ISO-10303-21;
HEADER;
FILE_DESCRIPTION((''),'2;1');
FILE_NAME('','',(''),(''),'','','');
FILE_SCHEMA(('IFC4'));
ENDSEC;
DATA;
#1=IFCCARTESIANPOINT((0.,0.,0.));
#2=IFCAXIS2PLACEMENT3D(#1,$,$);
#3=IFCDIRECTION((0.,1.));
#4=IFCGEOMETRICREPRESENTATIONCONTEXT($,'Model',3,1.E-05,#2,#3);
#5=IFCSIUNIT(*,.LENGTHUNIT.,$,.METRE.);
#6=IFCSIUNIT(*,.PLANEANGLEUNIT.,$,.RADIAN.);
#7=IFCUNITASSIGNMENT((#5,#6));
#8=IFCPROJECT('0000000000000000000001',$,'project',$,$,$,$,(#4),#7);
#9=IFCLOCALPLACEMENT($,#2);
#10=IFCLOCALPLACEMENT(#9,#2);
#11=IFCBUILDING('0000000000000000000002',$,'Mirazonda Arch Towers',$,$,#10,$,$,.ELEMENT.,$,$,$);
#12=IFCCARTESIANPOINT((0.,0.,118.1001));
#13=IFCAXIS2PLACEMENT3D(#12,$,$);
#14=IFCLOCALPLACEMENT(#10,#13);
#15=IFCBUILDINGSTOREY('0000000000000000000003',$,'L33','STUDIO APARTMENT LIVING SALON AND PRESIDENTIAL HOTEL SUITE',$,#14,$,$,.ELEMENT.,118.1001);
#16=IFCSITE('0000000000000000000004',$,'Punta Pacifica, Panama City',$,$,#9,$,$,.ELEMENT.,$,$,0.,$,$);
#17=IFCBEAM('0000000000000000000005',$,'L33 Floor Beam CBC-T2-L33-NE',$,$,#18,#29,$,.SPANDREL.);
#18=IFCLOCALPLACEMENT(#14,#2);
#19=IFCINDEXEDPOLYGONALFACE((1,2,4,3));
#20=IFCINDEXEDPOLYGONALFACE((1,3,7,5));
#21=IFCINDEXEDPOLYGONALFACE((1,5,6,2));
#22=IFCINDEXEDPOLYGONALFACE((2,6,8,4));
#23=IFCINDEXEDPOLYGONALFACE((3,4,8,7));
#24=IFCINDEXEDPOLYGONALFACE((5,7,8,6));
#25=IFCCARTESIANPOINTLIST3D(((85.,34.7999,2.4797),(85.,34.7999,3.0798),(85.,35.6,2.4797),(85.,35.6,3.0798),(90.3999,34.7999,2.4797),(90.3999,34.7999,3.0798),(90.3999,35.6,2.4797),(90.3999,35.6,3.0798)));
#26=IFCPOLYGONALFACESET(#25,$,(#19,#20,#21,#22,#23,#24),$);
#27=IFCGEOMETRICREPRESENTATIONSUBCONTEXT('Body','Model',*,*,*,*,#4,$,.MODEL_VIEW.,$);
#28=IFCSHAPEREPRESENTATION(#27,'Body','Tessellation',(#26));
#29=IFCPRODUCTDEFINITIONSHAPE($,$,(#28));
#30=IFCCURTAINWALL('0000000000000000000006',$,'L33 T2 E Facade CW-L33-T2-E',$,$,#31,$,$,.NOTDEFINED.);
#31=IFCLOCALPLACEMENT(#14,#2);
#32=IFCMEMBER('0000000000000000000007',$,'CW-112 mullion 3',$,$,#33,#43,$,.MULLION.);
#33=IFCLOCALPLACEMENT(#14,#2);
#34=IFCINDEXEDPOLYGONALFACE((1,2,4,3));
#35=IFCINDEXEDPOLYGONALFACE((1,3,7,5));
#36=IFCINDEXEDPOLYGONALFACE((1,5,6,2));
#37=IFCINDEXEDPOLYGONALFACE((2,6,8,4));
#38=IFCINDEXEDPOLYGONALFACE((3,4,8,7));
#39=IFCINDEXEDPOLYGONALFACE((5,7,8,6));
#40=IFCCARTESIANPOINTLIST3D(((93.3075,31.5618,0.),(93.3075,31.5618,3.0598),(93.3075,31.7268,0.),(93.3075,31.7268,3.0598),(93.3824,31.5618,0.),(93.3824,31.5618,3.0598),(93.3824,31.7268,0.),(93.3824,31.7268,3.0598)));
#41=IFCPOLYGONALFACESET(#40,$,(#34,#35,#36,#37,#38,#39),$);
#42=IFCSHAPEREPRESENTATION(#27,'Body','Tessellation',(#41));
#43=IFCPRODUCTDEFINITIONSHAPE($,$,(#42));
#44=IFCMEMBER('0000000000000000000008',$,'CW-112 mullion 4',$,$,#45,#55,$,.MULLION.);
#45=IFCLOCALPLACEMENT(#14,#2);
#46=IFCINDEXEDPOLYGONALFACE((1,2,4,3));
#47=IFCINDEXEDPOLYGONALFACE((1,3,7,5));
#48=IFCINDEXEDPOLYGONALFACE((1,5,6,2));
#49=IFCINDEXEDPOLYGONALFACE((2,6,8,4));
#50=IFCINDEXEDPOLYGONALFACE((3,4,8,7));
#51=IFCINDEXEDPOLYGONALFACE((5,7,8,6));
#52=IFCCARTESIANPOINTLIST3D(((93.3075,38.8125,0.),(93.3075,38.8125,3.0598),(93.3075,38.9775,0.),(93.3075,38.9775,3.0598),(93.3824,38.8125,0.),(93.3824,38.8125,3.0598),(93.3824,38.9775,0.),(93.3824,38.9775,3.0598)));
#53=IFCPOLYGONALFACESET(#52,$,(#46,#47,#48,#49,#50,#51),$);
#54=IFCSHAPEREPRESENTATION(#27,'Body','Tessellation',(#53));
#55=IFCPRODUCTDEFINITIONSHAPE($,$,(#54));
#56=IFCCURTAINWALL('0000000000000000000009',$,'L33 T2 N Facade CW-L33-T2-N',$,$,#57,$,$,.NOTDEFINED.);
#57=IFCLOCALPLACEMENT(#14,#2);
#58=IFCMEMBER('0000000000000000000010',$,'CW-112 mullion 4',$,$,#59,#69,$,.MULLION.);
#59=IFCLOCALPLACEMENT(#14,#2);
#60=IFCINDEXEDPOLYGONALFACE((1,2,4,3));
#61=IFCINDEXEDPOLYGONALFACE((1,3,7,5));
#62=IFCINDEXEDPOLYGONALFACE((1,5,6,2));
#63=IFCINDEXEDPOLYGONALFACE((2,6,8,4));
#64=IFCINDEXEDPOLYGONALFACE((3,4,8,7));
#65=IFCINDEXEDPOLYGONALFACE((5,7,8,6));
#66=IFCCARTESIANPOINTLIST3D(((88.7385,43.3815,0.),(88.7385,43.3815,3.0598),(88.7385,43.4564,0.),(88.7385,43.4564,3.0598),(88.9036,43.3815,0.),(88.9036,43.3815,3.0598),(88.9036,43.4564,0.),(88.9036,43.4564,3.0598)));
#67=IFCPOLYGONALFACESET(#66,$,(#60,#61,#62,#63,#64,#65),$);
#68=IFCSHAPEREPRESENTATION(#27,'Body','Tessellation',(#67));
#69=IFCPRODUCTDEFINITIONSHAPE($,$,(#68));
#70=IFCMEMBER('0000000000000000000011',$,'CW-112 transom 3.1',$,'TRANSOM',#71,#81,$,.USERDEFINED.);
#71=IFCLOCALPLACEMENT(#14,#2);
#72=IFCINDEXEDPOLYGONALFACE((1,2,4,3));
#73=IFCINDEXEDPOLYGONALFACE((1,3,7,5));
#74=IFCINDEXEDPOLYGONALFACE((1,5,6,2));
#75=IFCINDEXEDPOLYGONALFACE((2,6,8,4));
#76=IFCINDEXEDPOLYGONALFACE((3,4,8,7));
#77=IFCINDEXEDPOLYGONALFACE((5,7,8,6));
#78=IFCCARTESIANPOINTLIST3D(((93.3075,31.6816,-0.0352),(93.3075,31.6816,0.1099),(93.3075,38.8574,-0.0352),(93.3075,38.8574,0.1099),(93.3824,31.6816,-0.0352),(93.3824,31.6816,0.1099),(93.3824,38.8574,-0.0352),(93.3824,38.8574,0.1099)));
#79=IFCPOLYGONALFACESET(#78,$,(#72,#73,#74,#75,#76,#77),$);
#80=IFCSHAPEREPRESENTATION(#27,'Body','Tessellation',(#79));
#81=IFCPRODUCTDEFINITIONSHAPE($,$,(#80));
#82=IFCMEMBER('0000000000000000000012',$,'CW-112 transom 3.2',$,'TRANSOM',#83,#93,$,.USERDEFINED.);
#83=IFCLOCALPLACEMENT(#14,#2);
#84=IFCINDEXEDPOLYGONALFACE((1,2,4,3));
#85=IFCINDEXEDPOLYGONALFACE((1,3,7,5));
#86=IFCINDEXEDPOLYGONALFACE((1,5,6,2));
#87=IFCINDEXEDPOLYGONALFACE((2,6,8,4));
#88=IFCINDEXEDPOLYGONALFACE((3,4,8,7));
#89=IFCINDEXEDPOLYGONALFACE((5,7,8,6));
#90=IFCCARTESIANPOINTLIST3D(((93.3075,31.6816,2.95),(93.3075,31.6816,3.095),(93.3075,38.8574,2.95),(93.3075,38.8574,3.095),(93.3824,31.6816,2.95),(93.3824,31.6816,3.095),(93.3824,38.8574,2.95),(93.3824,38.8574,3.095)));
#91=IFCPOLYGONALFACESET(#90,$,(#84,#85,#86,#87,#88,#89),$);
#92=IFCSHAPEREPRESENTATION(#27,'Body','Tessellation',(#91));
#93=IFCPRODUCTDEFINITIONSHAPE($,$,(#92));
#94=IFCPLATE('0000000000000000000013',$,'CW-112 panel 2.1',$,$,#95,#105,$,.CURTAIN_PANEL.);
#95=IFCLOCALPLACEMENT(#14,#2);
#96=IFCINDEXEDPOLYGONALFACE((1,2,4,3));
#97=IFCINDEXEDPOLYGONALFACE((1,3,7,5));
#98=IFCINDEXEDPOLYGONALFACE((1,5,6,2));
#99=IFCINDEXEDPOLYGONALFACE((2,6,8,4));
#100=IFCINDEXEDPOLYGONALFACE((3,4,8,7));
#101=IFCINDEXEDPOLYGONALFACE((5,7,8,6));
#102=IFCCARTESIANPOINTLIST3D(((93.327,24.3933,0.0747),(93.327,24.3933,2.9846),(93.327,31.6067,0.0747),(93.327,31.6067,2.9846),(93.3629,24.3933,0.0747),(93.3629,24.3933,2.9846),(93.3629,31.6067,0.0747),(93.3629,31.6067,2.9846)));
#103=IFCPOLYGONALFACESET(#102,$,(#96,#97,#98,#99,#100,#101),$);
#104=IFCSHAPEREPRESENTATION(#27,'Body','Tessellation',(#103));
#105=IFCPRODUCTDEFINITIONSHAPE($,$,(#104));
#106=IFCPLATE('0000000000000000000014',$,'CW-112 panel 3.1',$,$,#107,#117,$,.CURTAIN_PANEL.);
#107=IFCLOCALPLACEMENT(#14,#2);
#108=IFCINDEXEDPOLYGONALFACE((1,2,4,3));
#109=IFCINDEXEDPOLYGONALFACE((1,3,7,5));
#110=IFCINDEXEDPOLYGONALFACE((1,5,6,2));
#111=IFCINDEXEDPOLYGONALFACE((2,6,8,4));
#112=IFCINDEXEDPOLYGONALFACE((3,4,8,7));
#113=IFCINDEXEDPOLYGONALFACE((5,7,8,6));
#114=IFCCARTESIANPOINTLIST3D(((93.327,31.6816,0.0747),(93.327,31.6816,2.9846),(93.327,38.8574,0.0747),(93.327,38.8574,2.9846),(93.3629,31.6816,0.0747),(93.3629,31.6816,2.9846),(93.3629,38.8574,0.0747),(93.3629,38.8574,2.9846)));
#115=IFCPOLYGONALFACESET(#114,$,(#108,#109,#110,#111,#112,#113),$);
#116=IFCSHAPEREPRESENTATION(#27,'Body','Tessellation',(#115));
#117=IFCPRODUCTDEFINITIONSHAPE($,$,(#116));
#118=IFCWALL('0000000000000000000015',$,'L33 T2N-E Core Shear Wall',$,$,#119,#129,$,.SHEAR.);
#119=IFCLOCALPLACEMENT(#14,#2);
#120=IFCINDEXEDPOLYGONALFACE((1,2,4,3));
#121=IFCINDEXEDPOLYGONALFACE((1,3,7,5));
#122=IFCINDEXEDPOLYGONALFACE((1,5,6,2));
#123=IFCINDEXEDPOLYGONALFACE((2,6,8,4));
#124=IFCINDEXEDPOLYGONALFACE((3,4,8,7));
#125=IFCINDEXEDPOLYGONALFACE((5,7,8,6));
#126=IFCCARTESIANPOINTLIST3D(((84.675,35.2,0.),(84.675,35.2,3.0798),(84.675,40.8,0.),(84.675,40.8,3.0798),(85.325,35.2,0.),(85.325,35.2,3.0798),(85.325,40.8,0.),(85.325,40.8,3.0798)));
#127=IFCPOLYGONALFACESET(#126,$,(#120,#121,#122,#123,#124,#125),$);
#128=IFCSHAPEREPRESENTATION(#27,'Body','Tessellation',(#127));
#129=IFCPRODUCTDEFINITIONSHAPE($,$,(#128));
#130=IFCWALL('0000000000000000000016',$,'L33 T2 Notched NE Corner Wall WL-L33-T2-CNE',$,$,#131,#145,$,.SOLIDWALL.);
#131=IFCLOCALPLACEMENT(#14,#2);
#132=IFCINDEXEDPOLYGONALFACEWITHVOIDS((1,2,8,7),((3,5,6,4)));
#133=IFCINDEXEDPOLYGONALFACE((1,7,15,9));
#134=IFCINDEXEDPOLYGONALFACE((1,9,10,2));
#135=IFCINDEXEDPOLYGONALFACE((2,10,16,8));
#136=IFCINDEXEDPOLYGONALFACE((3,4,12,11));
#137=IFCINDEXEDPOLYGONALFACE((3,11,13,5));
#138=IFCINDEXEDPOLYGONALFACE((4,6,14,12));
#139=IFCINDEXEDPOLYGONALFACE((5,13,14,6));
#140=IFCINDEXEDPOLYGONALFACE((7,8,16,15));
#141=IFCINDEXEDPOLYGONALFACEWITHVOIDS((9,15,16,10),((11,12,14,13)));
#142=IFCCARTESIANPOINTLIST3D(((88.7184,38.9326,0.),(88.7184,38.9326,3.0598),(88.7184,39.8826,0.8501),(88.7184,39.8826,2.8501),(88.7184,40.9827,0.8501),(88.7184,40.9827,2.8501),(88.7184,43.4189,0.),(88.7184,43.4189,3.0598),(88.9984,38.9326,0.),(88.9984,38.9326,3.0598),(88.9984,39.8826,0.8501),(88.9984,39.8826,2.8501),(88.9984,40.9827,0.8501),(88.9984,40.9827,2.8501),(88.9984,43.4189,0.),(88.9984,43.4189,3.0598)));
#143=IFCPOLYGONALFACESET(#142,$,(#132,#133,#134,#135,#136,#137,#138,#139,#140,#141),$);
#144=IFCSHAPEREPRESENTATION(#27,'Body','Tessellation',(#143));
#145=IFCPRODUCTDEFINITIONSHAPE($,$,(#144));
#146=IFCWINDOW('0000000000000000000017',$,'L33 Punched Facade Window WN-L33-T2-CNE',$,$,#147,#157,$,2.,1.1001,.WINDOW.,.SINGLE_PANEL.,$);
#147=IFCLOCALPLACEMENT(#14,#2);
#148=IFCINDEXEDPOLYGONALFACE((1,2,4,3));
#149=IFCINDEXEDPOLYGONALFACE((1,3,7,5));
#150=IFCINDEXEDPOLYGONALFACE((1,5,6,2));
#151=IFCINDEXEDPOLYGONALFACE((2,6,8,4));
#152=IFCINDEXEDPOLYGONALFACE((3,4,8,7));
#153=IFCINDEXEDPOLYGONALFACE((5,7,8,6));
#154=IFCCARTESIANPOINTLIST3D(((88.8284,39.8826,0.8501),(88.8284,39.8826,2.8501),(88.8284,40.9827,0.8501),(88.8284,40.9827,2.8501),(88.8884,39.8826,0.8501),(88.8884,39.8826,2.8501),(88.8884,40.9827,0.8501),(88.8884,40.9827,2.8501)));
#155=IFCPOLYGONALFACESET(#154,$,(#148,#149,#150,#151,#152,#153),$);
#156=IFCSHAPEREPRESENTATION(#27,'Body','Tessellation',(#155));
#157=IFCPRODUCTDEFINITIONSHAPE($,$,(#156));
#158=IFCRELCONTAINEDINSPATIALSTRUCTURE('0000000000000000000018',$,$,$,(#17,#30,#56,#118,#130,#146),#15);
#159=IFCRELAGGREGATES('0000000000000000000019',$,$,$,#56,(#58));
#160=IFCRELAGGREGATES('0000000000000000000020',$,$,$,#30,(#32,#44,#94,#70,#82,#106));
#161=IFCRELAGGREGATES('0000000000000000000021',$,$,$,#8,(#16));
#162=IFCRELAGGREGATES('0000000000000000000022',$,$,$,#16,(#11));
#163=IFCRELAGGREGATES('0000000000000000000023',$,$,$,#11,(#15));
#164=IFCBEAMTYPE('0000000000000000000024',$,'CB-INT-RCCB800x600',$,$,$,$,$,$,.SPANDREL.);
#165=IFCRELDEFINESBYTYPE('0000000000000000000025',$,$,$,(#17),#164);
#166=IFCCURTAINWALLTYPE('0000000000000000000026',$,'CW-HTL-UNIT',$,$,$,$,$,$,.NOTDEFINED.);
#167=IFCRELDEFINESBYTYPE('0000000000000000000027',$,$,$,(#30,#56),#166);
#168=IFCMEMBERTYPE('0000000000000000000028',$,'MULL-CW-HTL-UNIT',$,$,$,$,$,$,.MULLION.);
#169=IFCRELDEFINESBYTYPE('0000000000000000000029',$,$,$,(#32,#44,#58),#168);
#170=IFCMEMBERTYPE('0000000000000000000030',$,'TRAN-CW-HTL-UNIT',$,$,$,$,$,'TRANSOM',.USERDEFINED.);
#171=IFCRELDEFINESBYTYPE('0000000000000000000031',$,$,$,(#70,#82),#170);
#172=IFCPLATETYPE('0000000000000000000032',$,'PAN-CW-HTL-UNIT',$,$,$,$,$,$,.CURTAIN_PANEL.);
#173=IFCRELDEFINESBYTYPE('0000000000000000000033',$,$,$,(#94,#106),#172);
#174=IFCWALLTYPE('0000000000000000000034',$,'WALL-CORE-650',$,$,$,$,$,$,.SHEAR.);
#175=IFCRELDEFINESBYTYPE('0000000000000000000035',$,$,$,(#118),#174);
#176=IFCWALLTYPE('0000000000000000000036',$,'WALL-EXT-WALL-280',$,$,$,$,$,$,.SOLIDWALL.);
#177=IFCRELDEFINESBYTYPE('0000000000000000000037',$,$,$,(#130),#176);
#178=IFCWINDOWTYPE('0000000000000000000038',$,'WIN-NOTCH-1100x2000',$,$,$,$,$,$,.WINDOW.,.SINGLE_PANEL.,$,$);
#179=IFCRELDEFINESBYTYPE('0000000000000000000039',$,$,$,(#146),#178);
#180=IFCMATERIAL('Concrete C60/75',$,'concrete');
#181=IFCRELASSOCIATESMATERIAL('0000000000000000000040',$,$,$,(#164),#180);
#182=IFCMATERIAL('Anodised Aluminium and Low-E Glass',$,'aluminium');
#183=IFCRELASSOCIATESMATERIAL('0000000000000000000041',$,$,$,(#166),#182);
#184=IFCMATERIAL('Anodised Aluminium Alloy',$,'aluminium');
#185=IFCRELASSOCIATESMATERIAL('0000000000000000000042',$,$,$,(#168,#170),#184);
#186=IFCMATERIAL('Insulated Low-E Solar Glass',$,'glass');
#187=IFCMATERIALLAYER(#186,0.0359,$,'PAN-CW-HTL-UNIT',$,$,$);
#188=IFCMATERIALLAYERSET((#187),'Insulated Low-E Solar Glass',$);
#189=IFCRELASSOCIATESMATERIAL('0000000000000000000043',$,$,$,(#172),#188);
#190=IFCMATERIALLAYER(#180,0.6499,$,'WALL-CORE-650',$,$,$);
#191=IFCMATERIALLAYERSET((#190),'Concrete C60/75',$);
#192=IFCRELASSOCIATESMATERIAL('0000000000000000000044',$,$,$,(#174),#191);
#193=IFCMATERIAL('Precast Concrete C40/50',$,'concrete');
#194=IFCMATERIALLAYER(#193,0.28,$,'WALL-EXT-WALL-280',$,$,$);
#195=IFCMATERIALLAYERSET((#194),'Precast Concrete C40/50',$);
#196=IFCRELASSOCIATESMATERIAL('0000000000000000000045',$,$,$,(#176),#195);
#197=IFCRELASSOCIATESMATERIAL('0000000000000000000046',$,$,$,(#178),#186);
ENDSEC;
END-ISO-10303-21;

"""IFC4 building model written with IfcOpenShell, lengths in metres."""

from ifc_helpers import new_model, si_unit, direction, frame, frame_2d, origin, origin_2d, place, context, subcontext, project, spatial, rectangle, extrude, material, layer, layer_set, material_profile, profile_set, type_object, element, fill, aggregate, save


model = new_model("IFC4")

# Units and contexts
model_context = context("Model", 3, precision=1e-05, world=origin(), true_north=direction((0.0, 1.0)))
body_context = subcontext(model_context, "Body", "Model", "MODEL_VIEW")
ifc_project = project(units=[si_unit("LENGTHUNIT", "METRE"), si_unit("PLANEANGLEUNIT", "RADIAN")], contexts=[model_context])

# Site, building, storey
site_placement = place(None, origin())
site = spatial("IfcSite", under=ifc_project, at=site_placement, Name="Punta Pacifica, Panama City", CompositionType="ELEMENT", RefElevation=0.0)
building_placement = place(site_placement, origin())
building = spatial("IfcBuilding", under=site, at=building_placement, Name="Mirazonda Arch Towers", CompositionType="ELEMENT")
storey_placement = place(building_placement, frame((0.0, 0.0, 118.1001)))
storey = spatial("IfcBuildingStorey", under=building, at=storey_placement, Name="L33", Description="STUDIO APARTMENT LIVING SALON AND PRESIDENTIAL HOTEL SUITE", CompositionType="ELEMENT", Elevation=118.1001)

# Beam
ifc_material_1 = material(Name="Concrete C60/75", Category="concrete")
ifc_material_profile_1 = material_profile(ifc_material_1, rectangle(XDim=0.8, YDim=0.6001, at=origin_2d()), Name="RCCB800x600")
ifc_profile_set_1 = profile_set([ifc_material_profile_1], Name="Concrete C60/75")
beam_type_1 = type_object("IfcBeamType", Name="CB-INT-RCCB800x600", PredefinedType="SPANDREL", material=ifc_profile_set_1)
beam_1_placement = place(storey_placement, frame((85.0, 35.2, 2.7798), z_axis=(1.0, 0.0, 0.0), x_axis=(0.0, 1.0, 0.0)))
element("IfcBeam", 1, at=beam_1_placement, inside=storey, type_object=beam_type_1, Name="L33 Floor Beam CBC-T2-L33-NE", PredefinedType="SPANDREL", context=body_context, shape_type="SweptSolid", body=[
    extrude(rectangle(XDim=0.8, YDim=0.6001, at=origin_2d()), origin(), (0.0, 0.0, 1.0), 5.3999),
])

# Curtain wall, members
ifc_material_2 = material(Name="Anodised Aluminium and Low-E Glass", Category="aluminium")
curtain_wall_type = type_object("IfcCurtainWallType", Name="CW-HTL-UNIT", PredefinedType="NOTDEFINED", material=ifc_material_2)
curtain_wall_1_placement = place(storey_placement, origin())
curtain_wall_1 = element("IfcCurtainWall", 2, at=curtain_wall_1_placement, inside=storey, type_object=curtain_wall_type, Name="L33 T2 E Facade CW-L33-T2-E", PredefinedType="NOTDEFINED")
ifc_material_3 = material(Name="Anodised Aluminium Alloy", Category="aluminium")
ifc_material_profile_2 = material_profile(ifc_material_3, rectangle(XDim=0.075, YDim=0.165, at=origin_2d()), Name="ALU-MULL-75x165")
ifc_profile_set_2 = profile_set([ifc_material_profile_2], Name="Anodised Aluminium Alloy")
member_type_1 = type_object("IfcMemberType", Name="MULL-CW-HTL-UNIT", PredefinedType="MULLION", material=ifc_profile_set_2)
member_1_placement = place(storey_placement, frame((93.345, 31.6443, 0.0), z_axis=(0.0, 0.0, 1.0), x_axis=(-1.0, 0.0, 0.0)))
member_1 = element("IfcMember", 3, at=member_1_placement, type_object=member_type_1, Name="CW-112 mullion 3", PredefinedType="MULLION", context=body_context, shape_type="SweptSolid", body=[
    extrude(rectangle(XDim=0.075, YDim=0.165, at=origin_2d()), origin(), (0.0, 0.0, 1.0), 3.0598),
])
member_2_placement = place(storey_placement, frame((93.345, 38.895, 0.0), z_axis=(0.0, 0.0, 1.0), x_axis=(-1.0, 0.0, 0.0)))
member_2 = element("IfcMember", 4, at=member_2_placement, type_object=member_type_1, Name="CW-112 mullion 4", PredefinedType="MULLION", context=body_context, shape_type="SweptSolid", body=[
    extrude(rectangle(XDim=0.075, YDim=0.165, at=origin_2d()), origin(), (0.0, 0.0, 1.0), 3.0598),
])

# Curtain wall, member
curtain_wall_2_placement = place(storey_placement, origin())
curtain_wall_2 = element("IfcCurtainWall", 5, at=curtain_wall_2_placement, inside=storey, type_object=curtain_wall_type, Name="L33 T2 N Facade CW-L33-T2-N", PredefinedType="NOTDEFINED")
member_3_placement = place(storey_placement, frame((88.821, 43.4189, 0.0), z_axis=(0.0, 0.0, 1.0), x_axis=(0.0, 1.0, 0.0)))
member_3 = element("IfcMember", 6, at=member_3_placement, type_object=member_type_1, Name="CW-112 mullion 4", PredefinedType="MULLION", context=body_context, shape_type="SweptSolid", body=[
    extrude(rectangle(XDim=0.075, YDim=0.165, at=origin_2d()), origin(), (0.0, 0.0, 1.0), 3.0598),
])
aggregate(curtain_wall_2, [member_3])

# Members
ifc_material_profile_3 = material_profile(ifc_material_3, rectangle(XDim=0.075, YDim=0.145, at=origin_2d()), Name="ALU-TRAN-75x145")
ifc_profile_set_3 = profile_set([ifc_material_profile_3], Name="Anodised Aluminium Alloy")
member_type_2 = type_object("IfcMemberType", Name="TRAN-CW-HTL-UNIT", ElementType="TRANSOM", PredefinedType="USERDEFINED", material=ifc_profile_set_3)
member_4_placement = place(storey_placement, frame((93.345, 31.6816, 0.0374), z_axis=(0.0, 1.0, 0.0), x_axis=(-1.0, 0.0, 0.0)))
member_4 = element("IfcMember", 7, at=member_4_placement, type_object=member_type_2, Name="CW-112 transom 3.1", ObjectType="TRANSOM", PredefinedType="USERDEFINED", context=body_context, shape_type="SweptSolid", body=[
    extrude(rectangle(XDim=0.075, YDim=0.145, at=origin_2d()), origin(), (0.0, 0.0, 1.0), 7.1758),
])
member_5_placement = place(storey_placement, frame((93.345, 31.6816, 3.0225), z_axis=(0.0, 1.0, 0.0), x_axis=(-1.0, 0.0, 0.0)))
member_5 = element("IfcMember", 8, at=member_5_placement, type_object=member_type_2, Name="CW-112 transom 3.2", ObjectType="TRANSOM", PredefinedType="USERDEFINED", context=body_context, shape_type="SweptSolid", body=[
    extrude(rectangle(XDim=0.075, YDim=0.145, at=origin_2d()), origin(), (0.0, 0.0, 1.0), 7.1758),
])

# Plates
ifc_material_4 = material(Name="Insulated Low-E Solar Glass", Category="glass")
ifc_layer_1 = layer(ifc_material_4, 0.0359, Name="PAN-CW-HTL-UNIT")
ifc_layer_set_1 = layer_set([ifc_layer_1], Name="Insulated Low-E Solar Glass")
plate_type = type_object("IfcPlateType", Name="PAN-CW-HTL-UNIT", PredefinedType="CURTAIN_PANEL", material=ifc_layer_set_1)
plate_1_placement = place(storey_placement, frame((93.345, 28.0, 0.0747), z_axis=(0.0, 0.0, 1.0), x_axis=(0.0, 1.0, 0.0)))
plate_1 = element("IfcPlate", 9, at=plate_1_placement, type_object=plate_type, Name="CW-112 panel 2.1", PredefinedType="CURTAIN_PANEL", context=body_context, shape_type="SweptSolid", body=[
    extrude(rectangle(XDim=7.2134, YDim=0.0359, at=origin_2d()), origin(), (0.0, 0.0, 1.0), 2.9099),
])
plate_2_placement = place(storey_placement, frame((93.345, 35.2695, 0.0747), z_axis=(0.0, 0.0, 1.0), x_axis=(0.0, 1.0, 0.0)))
plate_2 = element("IfcPlate", 10, at=plate_2_placement, type_object=plate_type, Name="CW-112 panel 3.1", PredefinedType="CURTAIN_PANEL", context=body_context, shape_type="SweptSolid", body=[
    extrude(rectangle(XDim=7.1758, YDim=0.0359, at=origin_2d()), origin(), (0.0, 0.0, 1.0), 2.9099),
])
aggregate(curtain_wall_1, [member_1, member_2, plate_1, member_4, member_5, plate_2])

# Wall
ifc_layer_2 = layer(ifc_material_1, 0.6499, Name="WALL-CORE-650")
ifc_layer_set_2 = layer_set([ifc_layer_2], Name="Concrete C60/75")
wall_type_1 = type_object("IfcWallType", Name="WALL-CORE-650", PredefinedType="SHEAR", material=ifc_layer_set_2)
wall_1_placement = place(storey_placement, frame((85.0, 35.2, 0.0), z_axis=(0.0, 0.0, 1.0), x_axis=(0.0, 1.0, 0.0)))
element("IfcWall", 11, at=wall_1_placement, inside=storey, type_object=wall_type_1, Name="L33 T2N-E Core Shear Wall", PredefinedType="SHEAR", context=body_context, shape_type="SweptSolid", body=[
    extrude(rectangle(XDim=5.6001, YDim=0.6499, at=frame_2d((2.8, 0.0))), origin(), (0.0, 0.0, 1.0), 3.0798),
])

# Wall, opening, window
ifc_material_5 = material(Name="Precast Concrete C40/50", Category="concrete")
ifc_layer_3 = layer(ifc_material_5, 0.28, Name="WALL-EXT-WALL-280")
ifc_layer_set_3 = layer_set([ifc_layer_3], Name="Precast Concrete C40/50")
wall_type_2 = type_object("IfcWallType", Name="WALL-EXT-WALL-280", PredefinedType="SOLIDWALL", material=ifc_layer_set_3)
wall_2_placement = place(storey_placement, frame((88.8584, 38.9326, 0.0), z_axis=(0.0, 0.0, 1.0), x_axis=(0.0, 1.0, 0.0)))
wall_2 = element("IfcWall", 12, at=wall_2_placement, inside=storey, type_object=wall_type_2, Name="L33 T2 Notched NE Corner Wall WL-L33-T2-CNE", PredefinedType="SOLIDWALL", context=body_context, shape_type="SweptSolid", body=[
    extrude(rectangle(XDim=4.4863, YDim=0.28, at=frame_2d((2.2432, 0.0))), origin(), (0.0, 0.0, 1.0), 3.0598),
])
opening_1_placement = place(wall_2_placement, frame((0.95, 0.0, 0.8501)))
opening_1 = element("IfcOpeningElement", 13, at=opening_1_placement, cuts=wall_2, PredefinedType="OPENING", context=body_context, shape_type="SweptSolid", body=[
    extrude(rectangle(XDim=1.1001, YDim=2.0, at=frame_2d((0.55, 1.0))), frame((0.0, 0.1499, 0.0), z_axis=(0.0, -1.0, 0.0), x_axis=(1.0, 0.0, 0.0)), (0.0, 0.0, 1.0), 0.3),
])
window_type = type_object("IfcWindowType", Name="WIN-NOTCH-1100x2000", PartitioningType="SINGLE_PANEL", PredefinedType="WINDOW", material=ifc_material_4)
window_1_placement = place(opening_1_placement, origin())
window_1 = element("IfcWindow", 14, at=window_1_placement, inside=storey, type_object=window_type, Name="L33 Punched Facade Window WN-L33-T2-CNE", OverallHeight=2.0, OverallWidth=1.1001, PartitioningType="SINGLE_PANEL", PredefinedType="WINDOW", context=body_context, shape_type="SweptSolid", body=[
    extrude(rectangle(XDim=1.1001, YDim=2.0, at=frame_2d((0.55, 1.0))), frame((0.0, 0.03, 0.0), z_axis=(0.0, -1.0, 0.0), x_axis=(1.0, 0.0, 0.0)), (0.0, 0.0, 1.0), 0.0601),
])
fill(opening_1, window_1)

save(model, "model.ifc")
